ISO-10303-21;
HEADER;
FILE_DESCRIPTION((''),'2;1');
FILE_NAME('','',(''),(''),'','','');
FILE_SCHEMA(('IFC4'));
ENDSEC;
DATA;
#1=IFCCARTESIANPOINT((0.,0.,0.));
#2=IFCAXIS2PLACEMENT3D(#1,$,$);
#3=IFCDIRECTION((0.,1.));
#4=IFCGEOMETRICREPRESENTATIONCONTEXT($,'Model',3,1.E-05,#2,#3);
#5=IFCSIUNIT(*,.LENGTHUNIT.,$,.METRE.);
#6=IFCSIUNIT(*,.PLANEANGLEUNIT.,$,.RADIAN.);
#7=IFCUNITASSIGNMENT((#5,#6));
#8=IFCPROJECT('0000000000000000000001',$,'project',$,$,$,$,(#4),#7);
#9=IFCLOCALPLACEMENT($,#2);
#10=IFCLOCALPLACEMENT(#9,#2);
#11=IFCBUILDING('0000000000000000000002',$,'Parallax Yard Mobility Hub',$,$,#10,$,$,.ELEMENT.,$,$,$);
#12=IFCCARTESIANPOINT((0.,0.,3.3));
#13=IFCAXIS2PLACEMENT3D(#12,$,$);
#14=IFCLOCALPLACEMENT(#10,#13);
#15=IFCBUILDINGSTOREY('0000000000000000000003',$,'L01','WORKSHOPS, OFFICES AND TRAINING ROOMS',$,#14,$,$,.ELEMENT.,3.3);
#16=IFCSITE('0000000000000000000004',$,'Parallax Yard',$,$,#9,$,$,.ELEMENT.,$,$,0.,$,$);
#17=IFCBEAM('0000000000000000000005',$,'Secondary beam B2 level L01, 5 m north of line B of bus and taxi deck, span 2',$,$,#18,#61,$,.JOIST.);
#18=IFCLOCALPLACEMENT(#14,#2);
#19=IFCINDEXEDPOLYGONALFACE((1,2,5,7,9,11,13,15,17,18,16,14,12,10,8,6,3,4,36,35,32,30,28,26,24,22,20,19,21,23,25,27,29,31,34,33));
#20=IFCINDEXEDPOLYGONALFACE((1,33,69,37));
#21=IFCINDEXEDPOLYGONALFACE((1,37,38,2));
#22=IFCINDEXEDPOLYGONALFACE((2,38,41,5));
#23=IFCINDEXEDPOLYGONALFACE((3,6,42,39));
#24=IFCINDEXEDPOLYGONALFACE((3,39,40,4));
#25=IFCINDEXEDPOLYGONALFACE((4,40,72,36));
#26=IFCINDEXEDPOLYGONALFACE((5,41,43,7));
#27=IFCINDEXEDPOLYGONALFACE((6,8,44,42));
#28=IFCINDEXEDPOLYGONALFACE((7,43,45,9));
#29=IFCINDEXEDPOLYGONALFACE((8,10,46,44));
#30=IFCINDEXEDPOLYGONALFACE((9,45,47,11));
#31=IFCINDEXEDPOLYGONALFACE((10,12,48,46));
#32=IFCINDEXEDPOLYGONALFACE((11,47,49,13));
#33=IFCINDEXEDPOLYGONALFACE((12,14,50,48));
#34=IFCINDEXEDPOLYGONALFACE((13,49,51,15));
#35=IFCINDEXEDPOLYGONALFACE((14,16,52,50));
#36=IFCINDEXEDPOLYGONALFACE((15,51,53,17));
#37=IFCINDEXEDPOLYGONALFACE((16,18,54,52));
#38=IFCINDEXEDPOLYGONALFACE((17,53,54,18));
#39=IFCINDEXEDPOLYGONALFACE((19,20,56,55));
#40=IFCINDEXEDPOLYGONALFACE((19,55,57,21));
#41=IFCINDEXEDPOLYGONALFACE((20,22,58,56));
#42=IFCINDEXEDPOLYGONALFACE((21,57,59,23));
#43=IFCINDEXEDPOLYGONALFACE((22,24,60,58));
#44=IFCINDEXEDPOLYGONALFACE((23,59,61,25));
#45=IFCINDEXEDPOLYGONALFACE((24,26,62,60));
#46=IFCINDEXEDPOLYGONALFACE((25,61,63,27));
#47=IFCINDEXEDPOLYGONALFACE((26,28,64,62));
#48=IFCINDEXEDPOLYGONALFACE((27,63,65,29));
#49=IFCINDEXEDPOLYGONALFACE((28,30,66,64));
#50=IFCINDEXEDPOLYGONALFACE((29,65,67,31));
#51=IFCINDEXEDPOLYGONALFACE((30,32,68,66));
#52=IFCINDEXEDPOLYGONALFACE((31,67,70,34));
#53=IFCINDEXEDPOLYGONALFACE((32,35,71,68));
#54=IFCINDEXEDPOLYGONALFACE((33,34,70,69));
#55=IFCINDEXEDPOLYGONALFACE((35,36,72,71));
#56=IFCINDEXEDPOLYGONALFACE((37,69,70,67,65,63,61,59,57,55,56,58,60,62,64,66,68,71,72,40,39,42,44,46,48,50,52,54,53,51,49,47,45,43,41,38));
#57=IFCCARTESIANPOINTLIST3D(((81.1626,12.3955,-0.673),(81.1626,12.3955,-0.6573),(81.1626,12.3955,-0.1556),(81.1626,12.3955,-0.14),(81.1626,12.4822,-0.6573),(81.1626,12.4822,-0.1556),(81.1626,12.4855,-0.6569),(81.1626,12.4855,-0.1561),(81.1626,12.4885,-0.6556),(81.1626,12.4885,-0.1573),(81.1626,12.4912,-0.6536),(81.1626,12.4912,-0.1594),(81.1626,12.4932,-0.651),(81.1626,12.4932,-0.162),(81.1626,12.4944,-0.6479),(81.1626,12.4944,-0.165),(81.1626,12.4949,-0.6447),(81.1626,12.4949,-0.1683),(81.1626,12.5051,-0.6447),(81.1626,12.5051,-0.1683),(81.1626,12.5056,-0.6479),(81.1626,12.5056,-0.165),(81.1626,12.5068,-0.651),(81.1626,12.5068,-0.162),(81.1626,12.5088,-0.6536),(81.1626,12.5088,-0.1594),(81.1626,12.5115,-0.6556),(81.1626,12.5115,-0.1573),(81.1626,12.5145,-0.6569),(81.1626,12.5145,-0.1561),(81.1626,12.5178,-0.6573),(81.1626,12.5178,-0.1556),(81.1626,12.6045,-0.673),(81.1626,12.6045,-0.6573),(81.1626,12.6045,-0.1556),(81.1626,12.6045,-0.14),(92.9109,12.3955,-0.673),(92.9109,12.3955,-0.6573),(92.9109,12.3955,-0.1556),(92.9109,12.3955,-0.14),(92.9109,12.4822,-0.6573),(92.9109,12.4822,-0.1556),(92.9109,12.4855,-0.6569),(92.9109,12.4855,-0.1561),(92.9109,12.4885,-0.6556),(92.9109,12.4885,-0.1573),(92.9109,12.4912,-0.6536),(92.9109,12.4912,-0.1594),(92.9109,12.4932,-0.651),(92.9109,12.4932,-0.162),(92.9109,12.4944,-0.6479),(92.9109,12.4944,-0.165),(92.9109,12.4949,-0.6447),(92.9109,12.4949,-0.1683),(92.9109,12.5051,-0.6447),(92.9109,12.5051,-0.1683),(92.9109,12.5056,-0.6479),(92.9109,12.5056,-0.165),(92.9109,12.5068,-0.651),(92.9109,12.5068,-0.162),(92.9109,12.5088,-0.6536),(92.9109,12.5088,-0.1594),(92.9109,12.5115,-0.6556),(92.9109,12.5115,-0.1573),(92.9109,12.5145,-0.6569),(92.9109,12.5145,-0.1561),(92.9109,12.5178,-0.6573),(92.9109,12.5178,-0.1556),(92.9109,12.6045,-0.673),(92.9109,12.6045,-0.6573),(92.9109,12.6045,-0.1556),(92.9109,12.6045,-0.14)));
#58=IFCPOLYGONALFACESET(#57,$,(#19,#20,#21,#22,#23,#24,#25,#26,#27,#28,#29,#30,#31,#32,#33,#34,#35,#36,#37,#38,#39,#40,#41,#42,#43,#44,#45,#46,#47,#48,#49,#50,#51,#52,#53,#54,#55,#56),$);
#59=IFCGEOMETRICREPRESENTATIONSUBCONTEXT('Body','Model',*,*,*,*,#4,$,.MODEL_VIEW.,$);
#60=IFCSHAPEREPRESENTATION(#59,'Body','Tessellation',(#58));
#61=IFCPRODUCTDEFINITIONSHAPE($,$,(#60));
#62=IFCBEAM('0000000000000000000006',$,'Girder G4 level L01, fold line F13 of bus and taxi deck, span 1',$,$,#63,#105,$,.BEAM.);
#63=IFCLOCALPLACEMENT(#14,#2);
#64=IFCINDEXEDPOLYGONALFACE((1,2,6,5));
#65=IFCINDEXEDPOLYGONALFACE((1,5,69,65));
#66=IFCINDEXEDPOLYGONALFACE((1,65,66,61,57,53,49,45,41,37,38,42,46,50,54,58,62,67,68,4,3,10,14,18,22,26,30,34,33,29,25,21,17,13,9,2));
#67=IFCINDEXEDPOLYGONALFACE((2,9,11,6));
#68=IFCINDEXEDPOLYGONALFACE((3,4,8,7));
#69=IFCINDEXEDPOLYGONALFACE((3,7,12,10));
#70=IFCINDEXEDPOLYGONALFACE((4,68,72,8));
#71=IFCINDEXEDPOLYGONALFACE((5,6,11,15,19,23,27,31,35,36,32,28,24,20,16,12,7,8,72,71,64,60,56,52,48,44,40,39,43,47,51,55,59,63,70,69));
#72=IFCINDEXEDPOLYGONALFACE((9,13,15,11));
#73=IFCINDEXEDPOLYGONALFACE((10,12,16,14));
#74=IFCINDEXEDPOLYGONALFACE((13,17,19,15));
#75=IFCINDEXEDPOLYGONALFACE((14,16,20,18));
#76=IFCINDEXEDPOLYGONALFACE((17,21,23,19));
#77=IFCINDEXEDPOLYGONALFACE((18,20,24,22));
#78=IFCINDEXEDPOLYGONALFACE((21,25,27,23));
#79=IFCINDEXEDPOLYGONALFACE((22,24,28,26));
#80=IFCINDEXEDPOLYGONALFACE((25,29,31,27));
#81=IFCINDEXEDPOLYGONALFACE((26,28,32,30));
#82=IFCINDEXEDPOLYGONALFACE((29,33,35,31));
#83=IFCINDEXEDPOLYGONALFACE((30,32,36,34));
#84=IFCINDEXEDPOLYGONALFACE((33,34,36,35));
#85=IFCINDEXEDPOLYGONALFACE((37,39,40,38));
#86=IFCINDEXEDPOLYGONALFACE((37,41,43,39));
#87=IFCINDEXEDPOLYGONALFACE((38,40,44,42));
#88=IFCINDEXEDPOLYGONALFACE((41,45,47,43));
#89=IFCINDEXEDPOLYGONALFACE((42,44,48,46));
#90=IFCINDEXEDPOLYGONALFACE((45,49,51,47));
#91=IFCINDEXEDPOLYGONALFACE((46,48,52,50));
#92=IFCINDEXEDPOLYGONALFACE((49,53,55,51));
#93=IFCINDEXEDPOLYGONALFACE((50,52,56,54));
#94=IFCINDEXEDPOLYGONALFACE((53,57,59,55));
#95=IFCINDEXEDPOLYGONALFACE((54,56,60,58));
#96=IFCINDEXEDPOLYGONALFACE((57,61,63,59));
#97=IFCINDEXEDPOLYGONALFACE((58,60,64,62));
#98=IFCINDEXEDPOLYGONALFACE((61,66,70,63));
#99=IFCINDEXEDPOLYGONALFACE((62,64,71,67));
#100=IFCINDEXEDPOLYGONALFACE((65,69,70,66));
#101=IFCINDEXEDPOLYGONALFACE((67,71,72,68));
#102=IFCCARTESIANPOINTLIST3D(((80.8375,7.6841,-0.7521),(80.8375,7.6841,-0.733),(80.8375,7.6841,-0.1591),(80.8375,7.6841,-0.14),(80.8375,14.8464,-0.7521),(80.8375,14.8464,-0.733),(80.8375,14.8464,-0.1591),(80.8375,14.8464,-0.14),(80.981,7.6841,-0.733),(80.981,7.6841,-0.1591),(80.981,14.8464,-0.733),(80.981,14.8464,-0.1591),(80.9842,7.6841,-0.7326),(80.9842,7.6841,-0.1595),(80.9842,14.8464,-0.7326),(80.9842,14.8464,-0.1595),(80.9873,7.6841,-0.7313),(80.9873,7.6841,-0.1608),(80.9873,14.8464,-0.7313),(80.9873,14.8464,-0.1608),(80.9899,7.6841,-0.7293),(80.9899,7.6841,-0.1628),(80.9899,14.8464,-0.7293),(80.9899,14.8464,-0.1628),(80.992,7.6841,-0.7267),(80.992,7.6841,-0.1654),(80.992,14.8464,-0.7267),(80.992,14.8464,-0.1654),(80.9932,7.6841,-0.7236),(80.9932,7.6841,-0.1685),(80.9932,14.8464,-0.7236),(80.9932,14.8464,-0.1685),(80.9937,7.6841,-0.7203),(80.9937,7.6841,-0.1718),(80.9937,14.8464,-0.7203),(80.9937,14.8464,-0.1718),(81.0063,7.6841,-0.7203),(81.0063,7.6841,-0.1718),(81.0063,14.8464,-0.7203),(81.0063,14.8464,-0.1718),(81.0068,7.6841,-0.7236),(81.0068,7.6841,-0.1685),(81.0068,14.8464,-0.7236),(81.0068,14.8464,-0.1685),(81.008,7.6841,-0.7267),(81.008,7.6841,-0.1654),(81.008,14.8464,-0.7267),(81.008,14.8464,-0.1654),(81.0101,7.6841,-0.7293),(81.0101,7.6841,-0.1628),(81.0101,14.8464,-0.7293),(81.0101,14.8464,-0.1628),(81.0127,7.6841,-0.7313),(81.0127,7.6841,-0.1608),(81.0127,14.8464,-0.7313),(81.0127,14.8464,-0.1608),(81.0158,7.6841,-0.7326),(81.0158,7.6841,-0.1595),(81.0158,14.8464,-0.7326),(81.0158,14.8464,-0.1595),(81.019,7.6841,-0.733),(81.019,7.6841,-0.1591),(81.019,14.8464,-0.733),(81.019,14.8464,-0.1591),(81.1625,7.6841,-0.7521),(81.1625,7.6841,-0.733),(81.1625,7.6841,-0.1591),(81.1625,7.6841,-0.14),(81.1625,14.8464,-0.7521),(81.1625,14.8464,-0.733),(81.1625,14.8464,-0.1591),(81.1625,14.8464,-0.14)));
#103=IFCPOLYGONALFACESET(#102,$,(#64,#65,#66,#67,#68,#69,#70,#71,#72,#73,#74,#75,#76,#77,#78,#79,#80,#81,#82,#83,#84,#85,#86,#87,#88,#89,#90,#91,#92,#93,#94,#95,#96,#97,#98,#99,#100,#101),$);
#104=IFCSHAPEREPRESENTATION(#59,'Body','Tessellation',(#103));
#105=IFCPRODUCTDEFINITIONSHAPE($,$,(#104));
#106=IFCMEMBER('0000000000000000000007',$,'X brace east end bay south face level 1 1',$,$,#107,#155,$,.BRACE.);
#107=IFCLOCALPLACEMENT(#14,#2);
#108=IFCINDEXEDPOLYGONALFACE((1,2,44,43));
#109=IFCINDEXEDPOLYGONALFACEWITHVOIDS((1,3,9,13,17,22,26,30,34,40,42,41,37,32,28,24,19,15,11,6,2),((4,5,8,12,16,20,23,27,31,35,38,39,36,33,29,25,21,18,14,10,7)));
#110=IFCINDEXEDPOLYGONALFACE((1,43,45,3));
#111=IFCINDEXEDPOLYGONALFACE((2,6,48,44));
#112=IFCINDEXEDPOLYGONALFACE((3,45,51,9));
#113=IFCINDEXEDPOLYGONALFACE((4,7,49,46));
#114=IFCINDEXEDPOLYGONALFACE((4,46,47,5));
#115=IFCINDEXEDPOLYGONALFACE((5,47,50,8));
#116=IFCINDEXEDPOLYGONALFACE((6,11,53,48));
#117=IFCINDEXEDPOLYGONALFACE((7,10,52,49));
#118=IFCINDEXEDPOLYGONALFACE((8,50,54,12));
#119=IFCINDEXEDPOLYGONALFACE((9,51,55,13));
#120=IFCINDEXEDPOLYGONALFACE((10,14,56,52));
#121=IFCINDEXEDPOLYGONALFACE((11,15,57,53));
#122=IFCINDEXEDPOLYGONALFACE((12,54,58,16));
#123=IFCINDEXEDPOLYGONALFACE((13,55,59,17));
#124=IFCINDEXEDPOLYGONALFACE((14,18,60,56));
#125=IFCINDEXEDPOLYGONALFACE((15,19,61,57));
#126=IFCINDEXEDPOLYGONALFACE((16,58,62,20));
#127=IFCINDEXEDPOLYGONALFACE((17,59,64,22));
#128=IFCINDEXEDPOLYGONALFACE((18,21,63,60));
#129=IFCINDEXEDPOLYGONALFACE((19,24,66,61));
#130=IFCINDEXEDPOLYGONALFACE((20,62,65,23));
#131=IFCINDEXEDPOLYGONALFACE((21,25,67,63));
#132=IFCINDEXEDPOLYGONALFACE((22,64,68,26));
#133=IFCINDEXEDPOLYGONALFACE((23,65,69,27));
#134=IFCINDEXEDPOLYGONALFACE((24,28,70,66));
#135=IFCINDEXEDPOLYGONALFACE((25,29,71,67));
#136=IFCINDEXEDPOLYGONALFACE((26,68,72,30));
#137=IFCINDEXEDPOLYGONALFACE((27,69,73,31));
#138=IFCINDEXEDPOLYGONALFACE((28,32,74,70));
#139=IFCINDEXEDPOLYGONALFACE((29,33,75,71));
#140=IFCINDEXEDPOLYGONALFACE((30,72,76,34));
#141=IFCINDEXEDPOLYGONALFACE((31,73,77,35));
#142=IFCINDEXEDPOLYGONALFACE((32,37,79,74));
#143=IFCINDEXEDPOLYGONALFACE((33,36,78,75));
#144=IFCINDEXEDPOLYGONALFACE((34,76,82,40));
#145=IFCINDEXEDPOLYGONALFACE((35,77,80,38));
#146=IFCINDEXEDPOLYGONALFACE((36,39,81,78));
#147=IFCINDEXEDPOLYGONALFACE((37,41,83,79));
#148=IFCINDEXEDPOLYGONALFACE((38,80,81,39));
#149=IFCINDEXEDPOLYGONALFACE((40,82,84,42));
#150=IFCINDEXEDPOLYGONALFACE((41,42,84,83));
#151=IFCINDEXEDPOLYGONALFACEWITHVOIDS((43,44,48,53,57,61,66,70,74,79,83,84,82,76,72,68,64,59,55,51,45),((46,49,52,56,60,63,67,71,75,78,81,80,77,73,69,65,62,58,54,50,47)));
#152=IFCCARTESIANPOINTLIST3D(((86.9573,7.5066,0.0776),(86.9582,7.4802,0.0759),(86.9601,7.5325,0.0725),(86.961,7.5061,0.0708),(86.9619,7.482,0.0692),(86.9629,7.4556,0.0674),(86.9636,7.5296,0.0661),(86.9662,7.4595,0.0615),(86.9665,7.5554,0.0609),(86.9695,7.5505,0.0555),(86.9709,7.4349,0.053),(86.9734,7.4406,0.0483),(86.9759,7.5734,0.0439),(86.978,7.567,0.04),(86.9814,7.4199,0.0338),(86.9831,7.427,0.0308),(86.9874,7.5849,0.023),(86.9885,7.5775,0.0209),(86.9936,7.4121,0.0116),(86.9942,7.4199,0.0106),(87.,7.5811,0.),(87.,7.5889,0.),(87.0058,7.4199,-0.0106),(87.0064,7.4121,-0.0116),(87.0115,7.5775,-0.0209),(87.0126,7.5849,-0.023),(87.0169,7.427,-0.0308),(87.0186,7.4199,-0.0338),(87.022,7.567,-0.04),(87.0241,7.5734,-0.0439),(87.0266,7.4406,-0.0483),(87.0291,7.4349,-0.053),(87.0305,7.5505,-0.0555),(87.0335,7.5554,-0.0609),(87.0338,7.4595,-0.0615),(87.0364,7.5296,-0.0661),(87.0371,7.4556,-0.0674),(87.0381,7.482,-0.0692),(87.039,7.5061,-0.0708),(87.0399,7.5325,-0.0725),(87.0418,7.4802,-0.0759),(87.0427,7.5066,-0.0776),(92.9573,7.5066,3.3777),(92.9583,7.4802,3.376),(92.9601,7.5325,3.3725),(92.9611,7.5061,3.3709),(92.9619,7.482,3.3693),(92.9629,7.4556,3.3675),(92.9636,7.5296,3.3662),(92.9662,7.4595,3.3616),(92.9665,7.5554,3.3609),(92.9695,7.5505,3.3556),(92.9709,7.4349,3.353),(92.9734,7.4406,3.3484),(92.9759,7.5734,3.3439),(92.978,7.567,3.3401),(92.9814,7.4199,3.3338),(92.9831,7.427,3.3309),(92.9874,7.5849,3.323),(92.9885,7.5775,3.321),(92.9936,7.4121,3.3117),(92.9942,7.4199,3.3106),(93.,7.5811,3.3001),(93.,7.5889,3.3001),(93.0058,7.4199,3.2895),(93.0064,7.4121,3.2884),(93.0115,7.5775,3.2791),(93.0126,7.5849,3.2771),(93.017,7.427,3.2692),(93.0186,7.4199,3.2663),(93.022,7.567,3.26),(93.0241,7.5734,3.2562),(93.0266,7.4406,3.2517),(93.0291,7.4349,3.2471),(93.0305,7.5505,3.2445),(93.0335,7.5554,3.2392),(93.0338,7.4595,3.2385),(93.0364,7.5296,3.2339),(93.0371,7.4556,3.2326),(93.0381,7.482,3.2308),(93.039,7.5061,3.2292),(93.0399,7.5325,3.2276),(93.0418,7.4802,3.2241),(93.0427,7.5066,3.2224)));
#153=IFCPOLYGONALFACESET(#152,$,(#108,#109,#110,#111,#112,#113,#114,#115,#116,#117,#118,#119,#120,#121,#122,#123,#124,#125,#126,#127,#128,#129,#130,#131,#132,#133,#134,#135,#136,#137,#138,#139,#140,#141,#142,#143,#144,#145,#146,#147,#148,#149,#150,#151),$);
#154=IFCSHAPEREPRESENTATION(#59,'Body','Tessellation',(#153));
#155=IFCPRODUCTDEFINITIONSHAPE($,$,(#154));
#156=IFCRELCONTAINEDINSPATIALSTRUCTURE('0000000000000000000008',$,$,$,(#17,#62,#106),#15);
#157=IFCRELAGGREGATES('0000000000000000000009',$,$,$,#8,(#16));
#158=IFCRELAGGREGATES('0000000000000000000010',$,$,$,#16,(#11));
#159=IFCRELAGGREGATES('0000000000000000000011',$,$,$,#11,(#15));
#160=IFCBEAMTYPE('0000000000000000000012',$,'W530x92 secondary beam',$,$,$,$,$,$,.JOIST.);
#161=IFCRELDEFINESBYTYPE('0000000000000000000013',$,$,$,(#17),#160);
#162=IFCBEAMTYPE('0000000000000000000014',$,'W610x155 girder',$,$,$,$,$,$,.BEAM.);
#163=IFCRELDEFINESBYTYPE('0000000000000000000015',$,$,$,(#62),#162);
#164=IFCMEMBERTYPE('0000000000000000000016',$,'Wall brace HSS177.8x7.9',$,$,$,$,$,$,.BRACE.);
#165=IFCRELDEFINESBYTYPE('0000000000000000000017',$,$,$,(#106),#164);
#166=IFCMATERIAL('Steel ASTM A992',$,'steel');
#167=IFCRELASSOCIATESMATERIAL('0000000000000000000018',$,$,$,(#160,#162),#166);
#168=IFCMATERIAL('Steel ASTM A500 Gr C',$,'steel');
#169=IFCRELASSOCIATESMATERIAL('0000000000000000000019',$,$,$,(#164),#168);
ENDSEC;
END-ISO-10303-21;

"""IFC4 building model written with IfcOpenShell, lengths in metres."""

from ifc_helpers import new_model, si_unit, direction, frame, origin, origin_2d, place, context, subcontext, project, spatial, hollow_circle, i_section, extrude, material, material_profile, profile_set, type_object, element, save


model = new_model("IFC4")

# Units and contexts
model_context = context("Model", 3, precision=1e-05, world=origin(), true_north=direction((0.0, 1.0)))
body_context = subcontext(model_context, "Body", "Model", "MODEL_VIEW")
ifc_project = project(units=[si_unit("LENGTHUNIT", "METRE"), si_unit("PLANEANGLEUNIT", "RADIAN")], contexts=[model_context])

# Site, building, storey
site_placement = place(None, origin())
site = spatial("IfcSite", under=ifc_project, at=site_placement, Name="Parallax Yard", CompositionType="ELEMENT", RefElevation=0.0)
building_placement = place(site_placement, origin())
building = spatial("IfcBuilding", under=site, at=building_placement, Name="Parallax Yard Mobility Hub", CompositionType="ELEMENT")
storey_placement = place(building_placement, frame((0.0, 0.0, 3.3)))
storey = spatial("IfcBuildingStorey", under=building, at=storey_placement, Name="L01", Description="WORKSHOPS, OFFICES AND TRAINING ROOMS", CompositionType="ELEMENT", Elevation=3.3)

# Shared definitions
ifc_material_1 = material(Name="Steel ASTM A500 Gr C", Category="steel")
ifc_material_2 = material(Name="Steel ASTM A992", Category="steel")

# Beams
ifc_material_profile_1 = material_profile(ifc_material_2, i_section(OverallWidth=0.209, OverallDepth=0.533, WebThickness=0.0103, FlangeThickness=0.0156, FilletRadius=0.0127, at=origin_2d()), Name="W530x92")
ifc_profile_set_1 = profile_set([ifc_material_profile_1], Name="Steel ASTM A992")
beam_type_1 = type_object("IfcBeamType", Name="W530x92 secondary beam", PredefinedType="JOIST", material=ifc_profile_set_1)
for number, where, z_axis, x_axis, name in (
    (1, (81.1626, 12.5, -0.4065), (1.0, 0.0, 0.0), (0.0, 1.0, 0.0), "Secondary beam B2 level L01, 5 m north of line B of bus and taxi deck, span 2"),
):
    element("IfcBeam", number, at=place(storey_placement, frame(where, z_axis=z_axis, x_axis=x_axis)), inside=storey, type_object=beam_type_1, Name=name, PredefinedType="JOIST", context=body_context, shape_type="SweptSolid", body=[
        extrude(i_section(OverallWidth=0.209, OverallDepth=0.533, WebThickness=0.0103, FlangeThickness=0.0156, FilletRadius=0.0127, at=origin_2d()), origin(), (0.0, 0.0, 1.0), 11.7483),
    ])
ifc_material_profile_2 = material_profile(ifc_material_2, i_section(OverallWidth=0.325, OverallDepth=0.6121, WebThickness=0.0127, FlangeThickness=0.019, FilletRadius=0.0127, at=origin_2d()), Name="W610x155")
ifc_profile_set_2 = profile_set([ifc_material_profile_2], Name="Steel ASTM A992")
beam_type_2 = type_object("IfcBeamType", Name="W610x155 girder", PredefinedType="BEAM", material=ifc_profile_set_2)
beam_1_placement = place(storey_placement, frame((81.0, 7.6841, -0.446), z_axis=(0.0, 1.0, 0.0), x_axis=(-1.0, 0.0, 0.0)))
element("IfcBeam", 2, at=beam_1_placement, inside=storey, type_object=beam_type_2, Name="Girder G4 level L01, fold line F13 of bus and taxi deck, span 1", PredefinedType="BEAM", context=body_context, shape_type="SweptSolid", body=[
    extrude(i_section(OverallWidth=0.325, OverallDepth=0.6121, WebThickness=0.0127, FlangeThickness=0.019, FilletRadius=0.0127, at=origin_2d()), origin(), (0.0, 0.0, 1.0), 7.1624),
])

# Member
ifc_material_profile_3 = material_profile(ifc_material_1, hollow_circle(Radius=0.0889, WallThickness=0.0078, at=origin_2d()), Name="HSS177.8x7.9")
ifc_profile_set_3 = profile_set([ifc_material_profile_3], Name="Steel ASTM A500 Gr C")
member_type_1 = type_object("IfcMemberType", Name="Wall brace HSS177.8x7.9", PredefinedType="BRACE", material=ifc_profile_set_3)
member_1_placement = place(storey_placement, frame((87.0, 7.5, 0.0), z_axis=(0.876213, 0.0, 0.481924), x_axis=(0.0, 1.0, 0.0)))
element("IfcMember", 3, at=member_1_placement, inside=storey, type_object=member_type_1, Name="X brace east end bay south face level 1 1", PredefinedType="BRACE", context=body_context, shape_type="SweptSolid", body=[
    extrude(hollow_circle(Radius=0.0889, WallThickness=0.0078, at=origin_2d()), origin(), (0.0, 0.0, 1.0), 6.8477),
])

save(model, "model.ifc")
